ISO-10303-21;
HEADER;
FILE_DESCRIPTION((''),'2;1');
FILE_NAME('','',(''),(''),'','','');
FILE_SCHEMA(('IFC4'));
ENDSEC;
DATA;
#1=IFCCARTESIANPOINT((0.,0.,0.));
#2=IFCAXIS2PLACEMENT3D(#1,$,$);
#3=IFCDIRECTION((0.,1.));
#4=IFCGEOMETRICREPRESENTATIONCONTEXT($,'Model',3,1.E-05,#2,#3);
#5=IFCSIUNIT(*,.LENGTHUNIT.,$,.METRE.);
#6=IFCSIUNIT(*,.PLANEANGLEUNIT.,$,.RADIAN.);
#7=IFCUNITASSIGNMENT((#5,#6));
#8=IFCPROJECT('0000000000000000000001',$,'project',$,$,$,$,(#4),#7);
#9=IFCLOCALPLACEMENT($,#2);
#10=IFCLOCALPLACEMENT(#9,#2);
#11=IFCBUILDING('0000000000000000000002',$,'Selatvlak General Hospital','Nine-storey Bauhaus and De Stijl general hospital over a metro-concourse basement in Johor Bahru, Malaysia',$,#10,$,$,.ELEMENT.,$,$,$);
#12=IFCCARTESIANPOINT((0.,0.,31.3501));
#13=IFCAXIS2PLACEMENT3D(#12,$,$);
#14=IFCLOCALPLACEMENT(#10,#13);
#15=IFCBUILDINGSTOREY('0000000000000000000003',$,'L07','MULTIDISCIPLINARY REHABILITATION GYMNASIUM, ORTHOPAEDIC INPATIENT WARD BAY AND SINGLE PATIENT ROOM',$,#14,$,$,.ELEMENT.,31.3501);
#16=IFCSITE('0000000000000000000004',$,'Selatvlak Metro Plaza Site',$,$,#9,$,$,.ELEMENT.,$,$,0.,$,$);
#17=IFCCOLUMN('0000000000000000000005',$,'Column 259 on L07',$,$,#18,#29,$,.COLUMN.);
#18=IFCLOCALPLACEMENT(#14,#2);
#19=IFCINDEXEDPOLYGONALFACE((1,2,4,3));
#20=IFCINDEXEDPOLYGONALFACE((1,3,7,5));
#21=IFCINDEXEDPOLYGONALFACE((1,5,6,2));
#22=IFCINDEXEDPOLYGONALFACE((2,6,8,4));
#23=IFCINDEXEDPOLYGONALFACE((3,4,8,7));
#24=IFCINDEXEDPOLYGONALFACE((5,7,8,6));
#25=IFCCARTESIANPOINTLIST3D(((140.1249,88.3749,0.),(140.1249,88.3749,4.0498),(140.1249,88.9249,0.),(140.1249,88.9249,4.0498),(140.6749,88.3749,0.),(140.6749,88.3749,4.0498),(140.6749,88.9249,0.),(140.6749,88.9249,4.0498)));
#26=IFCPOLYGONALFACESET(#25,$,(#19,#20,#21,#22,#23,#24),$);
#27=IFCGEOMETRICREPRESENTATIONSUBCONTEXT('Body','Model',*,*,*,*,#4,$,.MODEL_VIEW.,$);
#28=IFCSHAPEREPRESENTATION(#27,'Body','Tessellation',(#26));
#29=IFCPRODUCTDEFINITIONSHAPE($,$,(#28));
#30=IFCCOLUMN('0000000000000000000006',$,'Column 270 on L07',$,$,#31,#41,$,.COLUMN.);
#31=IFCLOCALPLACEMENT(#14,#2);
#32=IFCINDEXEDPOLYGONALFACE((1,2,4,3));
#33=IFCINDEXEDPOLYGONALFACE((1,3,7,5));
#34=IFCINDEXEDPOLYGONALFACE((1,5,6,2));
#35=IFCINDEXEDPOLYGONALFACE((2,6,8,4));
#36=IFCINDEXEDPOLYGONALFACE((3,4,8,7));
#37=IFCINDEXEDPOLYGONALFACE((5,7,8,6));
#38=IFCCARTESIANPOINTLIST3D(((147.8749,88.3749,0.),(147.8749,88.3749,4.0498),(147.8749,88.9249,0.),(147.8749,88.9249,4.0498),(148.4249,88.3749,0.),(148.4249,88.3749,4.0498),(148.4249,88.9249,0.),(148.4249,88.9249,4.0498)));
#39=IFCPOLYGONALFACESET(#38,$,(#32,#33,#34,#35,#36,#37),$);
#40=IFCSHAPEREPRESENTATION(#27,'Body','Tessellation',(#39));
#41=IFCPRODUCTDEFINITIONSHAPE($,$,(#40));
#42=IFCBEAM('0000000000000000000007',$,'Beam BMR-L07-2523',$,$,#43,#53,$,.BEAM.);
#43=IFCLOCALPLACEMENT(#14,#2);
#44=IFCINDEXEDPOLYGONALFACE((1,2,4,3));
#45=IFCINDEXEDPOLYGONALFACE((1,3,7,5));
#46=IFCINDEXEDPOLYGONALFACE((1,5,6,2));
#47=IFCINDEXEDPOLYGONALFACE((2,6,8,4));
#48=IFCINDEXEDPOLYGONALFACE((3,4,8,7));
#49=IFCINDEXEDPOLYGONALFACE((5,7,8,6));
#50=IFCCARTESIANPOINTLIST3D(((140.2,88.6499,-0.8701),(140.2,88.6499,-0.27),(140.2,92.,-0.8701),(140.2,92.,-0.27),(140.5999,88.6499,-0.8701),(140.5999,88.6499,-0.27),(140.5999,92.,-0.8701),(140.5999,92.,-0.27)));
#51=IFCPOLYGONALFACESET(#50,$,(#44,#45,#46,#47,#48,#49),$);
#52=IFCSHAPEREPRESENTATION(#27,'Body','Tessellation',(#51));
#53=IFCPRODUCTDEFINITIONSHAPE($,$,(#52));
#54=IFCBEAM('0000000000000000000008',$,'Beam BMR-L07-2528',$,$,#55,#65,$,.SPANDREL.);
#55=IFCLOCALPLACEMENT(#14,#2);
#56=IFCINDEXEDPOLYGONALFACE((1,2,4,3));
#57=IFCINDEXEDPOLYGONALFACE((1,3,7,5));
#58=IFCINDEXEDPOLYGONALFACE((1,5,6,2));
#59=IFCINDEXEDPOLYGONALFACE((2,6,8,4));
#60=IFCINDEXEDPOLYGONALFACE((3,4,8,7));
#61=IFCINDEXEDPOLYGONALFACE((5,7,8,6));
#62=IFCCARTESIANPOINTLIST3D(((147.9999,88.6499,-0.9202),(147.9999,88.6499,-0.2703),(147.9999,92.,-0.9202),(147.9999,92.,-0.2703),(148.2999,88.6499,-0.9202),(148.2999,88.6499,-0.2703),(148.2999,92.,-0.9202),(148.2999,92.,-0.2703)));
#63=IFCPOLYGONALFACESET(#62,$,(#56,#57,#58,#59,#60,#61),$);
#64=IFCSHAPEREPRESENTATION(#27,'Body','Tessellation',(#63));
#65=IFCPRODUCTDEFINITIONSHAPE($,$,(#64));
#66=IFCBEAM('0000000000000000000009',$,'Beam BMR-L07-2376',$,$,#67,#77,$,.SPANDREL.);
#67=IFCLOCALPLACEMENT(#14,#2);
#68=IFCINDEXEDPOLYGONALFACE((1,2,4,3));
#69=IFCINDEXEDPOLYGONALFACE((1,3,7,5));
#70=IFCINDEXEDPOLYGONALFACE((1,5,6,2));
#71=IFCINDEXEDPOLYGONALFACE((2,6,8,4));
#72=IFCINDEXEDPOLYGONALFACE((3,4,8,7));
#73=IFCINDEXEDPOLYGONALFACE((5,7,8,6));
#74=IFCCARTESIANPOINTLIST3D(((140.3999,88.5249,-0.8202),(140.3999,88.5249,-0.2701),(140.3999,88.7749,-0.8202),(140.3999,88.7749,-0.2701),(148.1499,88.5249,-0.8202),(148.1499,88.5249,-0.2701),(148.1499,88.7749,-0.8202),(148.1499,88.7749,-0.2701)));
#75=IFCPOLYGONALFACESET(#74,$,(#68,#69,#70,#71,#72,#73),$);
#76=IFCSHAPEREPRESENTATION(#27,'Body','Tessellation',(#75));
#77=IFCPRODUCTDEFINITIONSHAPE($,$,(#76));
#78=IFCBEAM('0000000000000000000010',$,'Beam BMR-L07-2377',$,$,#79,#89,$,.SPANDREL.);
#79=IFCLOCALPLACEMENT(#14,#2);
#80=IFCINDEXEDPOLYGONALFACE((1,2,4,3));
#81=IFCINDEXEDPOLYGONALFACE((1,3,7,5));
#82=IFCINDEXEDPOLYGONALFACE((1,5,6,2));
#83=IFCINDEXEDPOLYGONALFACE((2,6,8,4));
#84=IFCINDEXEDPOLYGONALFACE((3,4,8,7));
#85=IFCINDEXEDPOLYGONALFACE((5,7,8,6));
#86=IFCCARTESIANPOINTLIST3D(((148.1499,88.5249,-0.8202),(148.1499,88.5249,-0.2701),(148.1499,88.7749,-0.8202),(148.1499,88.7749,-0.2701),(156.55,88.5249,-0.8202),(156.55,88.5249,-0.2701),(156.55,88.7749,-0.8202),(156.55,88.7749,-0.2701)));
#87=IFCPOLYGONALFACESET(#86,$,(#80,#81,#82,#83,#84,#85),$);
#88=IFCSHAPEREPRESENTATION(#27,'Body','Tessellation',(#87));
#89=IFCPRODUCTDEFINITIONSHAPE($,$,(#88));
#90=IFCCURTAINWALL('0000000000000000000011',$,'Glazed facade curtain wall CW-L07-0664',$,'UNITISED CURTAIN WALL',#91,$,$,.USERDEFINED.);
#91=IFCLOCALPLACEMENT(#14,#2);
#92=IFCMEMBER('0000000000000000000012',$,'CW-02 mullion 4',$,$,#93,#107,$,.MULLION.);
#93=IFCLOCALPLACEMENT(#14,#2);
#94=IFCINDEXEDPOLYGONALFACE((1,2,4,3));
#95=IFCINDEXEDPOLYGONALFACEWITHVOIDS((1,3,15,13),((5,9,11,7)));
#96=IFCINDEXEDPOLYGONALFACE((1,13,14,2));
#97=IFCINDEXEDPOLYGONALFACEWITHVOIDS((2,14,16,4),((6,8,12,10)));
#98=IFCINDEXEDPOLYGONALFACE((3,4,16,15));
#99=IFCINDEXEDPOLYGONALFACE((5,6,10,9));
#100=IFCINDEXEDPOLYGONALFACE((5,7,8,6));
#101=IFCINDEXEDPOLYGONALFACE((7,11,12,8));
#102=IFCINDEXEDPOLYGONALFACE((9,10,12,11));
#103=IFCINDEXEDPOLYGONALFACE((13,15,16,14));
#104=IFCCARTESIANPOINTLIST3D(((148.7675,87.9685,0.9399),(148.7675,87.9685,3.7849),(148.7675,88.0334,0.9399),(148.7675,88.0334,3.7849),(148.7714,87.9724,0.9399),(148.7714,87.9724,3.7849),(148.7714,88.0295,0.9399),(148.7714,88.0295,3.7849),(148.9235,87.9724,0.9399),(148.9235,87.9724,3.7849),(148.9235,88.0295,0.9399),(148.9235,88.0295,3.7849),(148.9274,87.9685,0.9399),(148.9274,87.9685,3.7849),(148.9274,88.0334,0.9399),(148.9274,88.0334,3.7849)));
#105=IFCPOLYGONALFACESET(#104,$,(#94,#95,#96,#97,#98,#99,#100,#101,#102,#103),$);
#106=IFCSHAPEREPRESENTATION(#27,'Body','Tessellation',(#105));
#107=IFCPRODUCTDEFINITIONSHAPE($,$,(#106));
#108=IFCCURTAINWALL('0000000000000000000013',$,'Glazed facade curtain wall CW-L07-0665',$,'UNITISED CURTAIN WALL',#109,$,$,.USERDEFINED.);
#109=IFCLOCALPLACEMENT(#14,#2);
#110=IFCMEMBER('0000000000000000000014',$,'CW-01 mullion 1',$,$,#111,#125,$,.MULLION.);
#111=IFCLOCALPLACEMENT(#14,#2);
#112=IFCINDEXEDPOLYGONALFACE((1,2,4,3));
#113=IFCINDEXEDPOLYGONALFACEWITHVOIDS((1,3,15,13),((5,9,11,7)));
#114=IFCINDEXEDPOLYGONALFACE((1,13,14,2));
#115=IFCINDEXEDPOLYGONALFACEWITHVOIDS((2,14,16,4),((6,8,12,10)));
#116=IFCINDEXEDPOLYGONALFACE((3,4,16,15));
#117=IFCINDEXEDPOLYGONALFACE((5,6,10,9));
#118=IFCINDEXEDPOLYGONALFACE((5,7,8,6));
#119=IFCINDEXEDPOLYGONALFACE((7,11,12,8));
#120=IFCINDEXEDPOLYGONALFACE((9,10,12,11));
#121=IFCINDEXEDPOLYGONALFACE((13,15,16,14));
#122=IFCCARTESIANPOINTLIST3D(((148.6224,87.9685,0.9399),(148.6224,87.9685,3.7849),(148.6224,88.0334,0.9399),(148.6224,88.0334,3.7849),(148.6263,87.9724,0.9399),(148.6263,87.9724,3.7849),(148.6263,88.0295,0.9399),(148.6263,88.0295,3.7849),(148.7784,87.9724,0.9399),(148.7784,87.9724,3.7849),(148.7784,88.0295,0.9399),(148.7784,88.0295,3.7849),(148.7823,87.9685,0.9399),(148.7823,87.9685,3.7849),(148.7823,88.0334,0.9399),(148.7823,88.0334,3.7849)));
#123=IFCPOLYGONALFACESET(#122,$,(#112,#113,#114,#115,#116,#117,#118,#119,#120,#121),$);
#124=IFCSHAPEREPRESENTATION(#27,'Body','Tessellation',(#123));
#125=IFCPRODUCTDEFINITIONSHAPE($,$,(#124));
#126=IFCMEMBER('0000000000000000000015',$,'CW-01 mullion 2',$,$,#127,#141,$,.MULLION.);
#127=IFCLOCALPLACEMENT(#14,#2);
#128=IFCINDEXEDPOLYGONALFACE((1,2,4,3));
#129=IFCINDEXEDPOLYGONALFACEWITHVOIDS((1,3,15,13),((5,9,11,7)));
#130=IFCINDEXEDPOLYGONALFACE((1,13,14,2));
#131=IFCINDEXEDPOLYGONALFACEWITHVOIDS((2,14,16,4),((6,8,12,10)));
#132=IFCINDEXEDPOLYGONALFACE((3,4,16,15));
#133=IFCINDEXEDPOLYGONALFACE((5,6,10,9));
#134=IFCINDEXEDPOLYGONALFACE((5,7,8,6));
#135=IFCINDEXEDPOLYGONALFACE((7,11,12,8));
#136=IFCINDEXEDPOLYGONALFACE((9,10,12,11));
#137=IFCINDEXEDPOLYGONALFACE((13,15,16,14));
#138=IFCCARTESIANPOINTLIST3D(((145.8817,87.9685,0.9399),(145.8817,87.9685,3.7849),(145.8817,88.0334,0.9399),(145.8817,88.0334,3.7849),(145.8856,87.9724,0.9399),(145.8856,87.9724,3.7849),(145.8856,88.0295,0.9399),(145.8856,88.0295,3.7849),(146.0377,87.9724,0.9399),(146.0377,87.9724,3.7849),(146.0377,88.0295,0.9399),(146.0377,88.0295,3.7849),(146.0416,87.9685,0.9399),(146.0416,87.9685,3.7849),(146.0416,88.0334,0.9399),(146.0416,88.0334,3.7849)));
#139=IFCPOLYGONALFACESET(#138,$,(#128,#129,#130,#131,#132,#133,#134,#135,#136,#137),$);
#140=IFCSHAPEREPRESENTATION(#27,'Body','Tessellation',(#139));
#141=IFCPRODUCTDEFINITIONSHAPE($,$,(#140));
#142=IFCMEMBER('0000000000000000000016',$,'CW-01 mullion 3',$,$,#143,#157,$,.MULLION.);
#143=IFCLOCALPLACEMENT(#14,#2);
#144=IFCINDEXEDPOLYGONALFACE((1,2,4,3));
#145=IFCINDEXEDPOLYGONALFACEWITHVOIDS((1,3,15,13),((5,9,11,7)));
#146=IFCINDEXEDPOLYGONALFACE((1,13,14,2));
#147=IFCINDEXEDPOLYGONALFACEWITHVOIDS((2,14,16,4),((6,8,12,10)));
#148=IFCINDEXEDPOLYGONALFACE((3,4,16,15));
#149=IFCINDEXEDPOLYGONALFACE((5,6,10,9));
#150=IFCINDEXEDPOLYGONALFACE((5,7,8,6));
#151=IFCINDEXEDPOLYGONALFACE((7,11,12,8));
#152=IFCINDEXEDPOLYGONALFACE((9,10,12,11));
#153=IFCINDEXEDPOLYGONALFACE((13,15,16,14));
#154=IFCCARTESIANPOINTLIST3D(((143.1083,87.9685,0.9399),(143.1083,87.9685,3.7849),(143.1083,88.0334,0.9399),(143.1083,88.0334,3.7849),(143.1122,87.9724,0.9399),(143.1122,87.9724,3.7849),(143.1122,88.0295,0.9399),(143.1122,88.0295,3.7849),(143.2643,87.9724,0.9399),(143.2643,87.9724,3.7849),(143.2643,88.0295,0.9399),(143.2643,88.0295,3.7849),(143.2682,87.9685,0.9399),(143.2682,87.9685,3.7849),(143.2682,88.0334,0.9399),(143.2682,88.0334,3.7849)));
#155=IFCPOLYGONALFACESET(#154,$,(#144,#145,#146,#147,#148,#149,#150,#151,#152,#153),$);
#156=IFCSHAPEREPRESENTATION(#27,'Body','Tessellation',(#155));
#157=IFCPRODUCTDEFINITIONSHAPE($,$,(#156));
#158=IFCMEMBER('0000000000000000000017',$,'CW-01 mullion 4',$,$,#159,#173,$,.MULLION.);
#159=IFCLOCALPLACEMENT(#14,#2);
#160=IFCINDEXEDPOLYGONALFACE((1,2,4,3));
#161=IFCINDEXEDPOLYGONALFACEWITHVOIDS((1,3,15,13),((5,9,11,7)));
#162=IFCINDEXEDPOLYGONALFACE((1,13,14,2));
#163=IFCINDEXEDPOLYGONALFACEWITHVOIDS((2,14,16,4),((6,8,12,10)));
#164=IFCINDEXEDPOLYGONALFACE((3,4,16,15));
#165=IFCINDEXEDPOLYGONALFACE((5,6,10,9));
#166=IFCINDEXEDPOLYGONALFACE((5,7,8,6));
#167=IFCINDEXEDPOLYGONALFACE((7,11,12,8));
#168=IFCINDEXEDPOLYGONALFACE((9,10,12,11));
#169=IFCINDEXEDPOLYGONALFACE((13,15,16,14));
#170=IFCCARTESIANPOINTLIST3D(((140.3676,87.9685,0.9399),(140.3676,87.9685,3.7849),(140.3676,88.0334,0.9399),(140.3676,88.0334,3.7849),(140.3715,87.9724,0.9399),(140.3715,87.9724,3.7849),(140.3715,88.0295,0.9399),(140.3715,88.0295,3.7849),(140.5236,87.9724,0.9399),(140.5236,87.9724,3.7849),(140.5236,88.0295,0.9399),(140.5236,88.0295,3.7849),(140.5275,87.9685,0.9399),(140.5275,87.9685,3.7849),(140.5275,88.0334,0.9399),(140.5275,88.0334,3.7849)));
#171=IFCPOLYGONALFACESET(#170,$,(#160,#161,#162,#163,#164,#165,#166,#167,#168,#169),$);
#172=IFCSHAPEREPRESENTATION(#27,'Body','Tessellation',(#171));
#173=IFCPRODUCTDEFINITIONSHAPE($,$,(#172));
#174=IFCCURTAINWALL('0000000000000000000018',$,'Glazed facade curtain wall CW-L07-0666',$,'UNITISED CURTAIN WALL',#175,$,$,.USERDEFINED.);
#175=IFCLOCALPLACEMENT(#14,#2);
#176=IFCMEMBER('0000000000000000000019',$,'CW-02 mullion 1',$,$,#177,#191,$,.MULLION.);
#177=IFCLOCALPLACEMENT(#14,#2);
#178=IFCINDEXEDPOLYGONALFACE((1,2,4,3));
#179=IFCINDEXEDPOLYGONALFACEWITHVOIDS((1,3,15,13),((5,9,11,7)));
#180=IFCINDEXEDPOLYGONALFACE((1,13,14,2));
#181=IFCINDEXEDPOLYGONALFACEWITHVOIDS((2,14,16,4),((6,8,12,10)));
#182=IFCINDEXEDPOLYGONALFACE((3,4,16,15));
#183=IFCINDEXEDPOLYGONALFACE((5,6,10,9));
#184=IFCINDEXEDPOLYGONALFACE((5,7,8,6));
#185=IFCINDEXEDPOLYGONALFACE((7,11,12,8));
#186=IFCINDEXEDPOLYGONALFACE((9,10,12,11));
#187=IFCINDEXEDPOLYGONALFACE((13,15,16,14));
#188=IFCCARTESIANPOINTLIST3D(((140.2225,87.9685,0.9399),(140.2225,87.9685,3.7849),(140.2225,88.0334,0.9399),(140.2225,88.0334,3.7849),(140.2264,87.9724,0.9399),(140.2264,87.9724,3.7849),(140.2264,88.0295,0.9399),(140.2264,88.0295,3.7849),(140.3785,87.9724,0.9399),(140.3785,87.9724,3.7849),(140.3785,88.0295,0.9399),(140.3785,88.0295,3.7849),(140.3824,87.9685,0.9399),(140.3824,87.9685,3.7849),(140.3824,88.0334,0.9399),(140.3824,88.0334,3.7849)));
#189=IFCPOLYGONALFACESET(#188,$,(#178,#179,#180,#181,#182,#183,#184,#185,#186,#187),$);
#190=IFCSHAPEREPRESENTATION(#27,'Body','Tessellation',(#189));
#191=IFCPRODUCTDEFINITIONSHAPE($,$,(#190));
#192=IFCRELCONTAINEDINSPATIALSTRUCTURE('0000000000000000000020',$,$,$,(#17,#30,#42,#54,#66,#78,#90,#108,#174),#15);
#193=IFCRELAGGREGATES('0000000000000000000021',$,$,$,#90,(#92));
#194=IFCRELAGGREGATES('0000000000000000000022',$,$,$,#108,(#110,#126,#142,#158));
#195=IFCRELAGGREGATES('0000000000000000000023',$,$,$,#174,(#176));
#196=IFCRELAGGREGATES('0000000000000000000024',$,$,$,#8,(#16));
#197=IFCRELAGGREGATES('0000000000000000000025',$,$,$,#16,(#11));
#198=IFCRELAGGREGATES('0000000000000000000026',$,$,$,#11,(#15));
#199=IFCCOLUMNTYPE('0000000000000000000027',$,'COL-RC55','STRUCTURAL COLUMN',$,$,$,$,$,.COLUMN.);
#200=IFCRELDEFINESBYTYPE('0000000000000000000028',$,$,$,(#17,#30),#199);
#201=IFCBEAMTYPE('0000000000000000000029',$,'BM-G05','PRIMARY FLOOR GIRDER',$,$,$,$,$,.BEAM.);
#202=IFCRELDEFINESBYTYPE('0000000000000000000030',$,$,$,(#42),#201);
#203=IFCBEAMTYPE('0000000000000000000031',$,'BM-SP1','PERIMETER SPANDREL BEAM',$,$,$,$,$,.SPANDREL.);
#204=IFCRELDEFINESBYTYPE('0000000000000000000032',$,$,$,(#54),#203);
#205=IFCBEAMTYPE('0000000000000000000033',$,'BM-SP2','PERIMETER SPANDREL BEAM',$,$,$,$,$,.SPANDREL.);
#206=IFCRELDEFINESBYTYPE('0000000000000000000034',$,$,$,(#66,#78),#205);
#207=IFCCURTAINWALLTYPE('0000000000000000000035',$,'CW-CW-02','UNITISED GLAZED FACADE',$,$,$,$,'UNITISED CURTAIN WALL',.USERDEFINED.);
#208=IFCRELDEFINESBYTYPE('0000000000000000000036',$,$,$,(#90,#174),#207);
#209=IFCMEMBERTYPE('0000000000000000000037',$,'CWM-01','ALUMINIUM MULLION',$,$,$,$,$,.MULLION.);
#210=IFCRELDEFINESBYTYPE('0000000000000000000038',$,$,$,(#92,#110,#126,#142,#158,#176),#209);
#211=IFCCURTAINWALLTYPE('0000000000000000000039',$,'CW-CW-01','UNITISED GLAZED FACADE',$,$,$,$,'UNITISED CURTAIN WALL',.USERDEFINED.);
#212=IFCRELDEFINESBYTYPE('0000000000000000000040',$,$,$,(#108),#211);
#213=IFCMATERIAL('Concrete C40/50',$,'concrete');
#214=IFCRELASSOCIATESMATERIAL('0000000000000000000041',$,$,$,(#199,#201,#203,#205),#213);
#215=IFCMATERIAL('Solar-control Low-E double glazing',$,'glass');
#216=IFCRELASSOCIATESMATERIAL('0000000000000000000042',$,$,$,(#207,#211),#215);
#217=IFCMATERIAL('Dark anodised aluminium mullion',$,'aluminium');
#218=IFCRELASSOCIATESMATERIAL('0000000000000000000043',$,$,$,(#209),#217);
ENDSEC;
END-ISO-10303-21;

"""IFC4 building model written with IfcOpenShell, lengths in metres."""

from ifc_helpers import new_model, si_unit, direction, frame, origin, origin_2d, place, context, subcontext, project, spatial, rectangle, hollow_rectangle, extrude, material, material_profile, profile_set, type_object, element, aggregate, save


model = new_model("IFC4")

# Units and contexts
model_context = context("Model", 3, precision=1e-05, world=origin(), true_north=direction((0.0, 1.0)))
body_context = subcontext(model_context, "Body", "Model", "MODEL_VIEW")
ifc_project = project(units=[si_unit("LENGTHUNIT", "METRE"), si_unit("PLANEANGLEUNIT", "RADIAN")], contexts=[model_context])

# Site, building, storey
site_placement = place(None, origin())
site = spatial("IfcSite", under=ifc_project, at=site_placement, Name="Selatvlak Metro Plaza Site", CompositionType="ELEMENT", RefElevation=0.0)
building_placement = place(site_placement, origin())
building = spatial("IfcBuilding", under=site, at=building_placement, Name="Selatvlak General Hospital", Description="Nine-storey Bauhaus and De Stijl general hospital over a metro-concourse basement in Johor Bahru, Malaysia", CompositionType="ELEMENT")
storey_placement = place(building_placement, frame((0.0, 0.0, 31.3501)))
storey = spatial("IfcBuildingStorey", under=building, at=storey_placement, Name="L07", Description="MULTIDISCIPLINARY REHABILITATION GYMNASIUM, ORTHOPAEDIC INPATIENT WARD BAY AND SINGLE PATIENT ROOM", CompositionType="ELEMENT", Elevation=31.3501)

# Columns
ifc_material_1 = material(Name="Concrete C40/50", Category="concrete")
ifc_material_profile_1 = material_profile(ifc_material_1, rectangle(XDim=0.55, YDim=0.55, at=origin_2d()), Name="RC-COL 550x550")
ifc_profile_set_1 = profile_set([ifc_material_profile_1], Name="Concrete C40/50")
column_type = type_object("IfcColumnType", Name="COL-RC55", Description="STRUCTURAL COLUMN", PredefinedType="COLUMN", material=ifc_profile_set_1)
for number, where, z_axis, x_axis, name in (
    (1, (140.3999, 88.6499, 0.0), (0.0, 0.0, 1.0), (1.0, 0.0, 0.0), "Column 259 on L07"),
    (2, (148.1499, 88.6499, 0.0), (0.0, 0.0, 1.0), (1.0, 0.0, 0.0), "Column 270 on L07"),
):
    element("IfcColumn", number, at=place(storey_placement, frame(where, z_axis=z_axis, x_axis=x_axis)), inside=storey, type_object=column_type, Name=name, PredefinedType="COLUMN", context=body_context, shape_type="SweptSolid", body=[
        extrude(rectangle(XDim=0.55, YDim=0.55, at=origin_2d()), origin(), (0.0, 0.0, 1.0), 4.0498),
    ])

# Beams
ifc_material_profile_2 = material_profile(ifc_material_1, rectangle(XDim=0.3999, YDim=0.6001, at=origin_2d()), Name="RC-BM 400x600")
ifc_profile_set_2 = profile_set([ifc_material_profile_2], Name="Concrete C40/50")
beam_type_1 = type_object("IfcBeamType", Name="BM-G05", Description="PRIMARY FLOOR GIRDER", PredefinedType="BEAM", material=ifc_profile_set_2)
beam_1_placement = place(storey_placement, frame((140.3999, 88.6499, -0.5701), z_axis=(0.0, 1.0, 0.0), x_axis=(-1.0, 0.0, 0.0)))
element("IfcBeam", 3, at=beam_1_placement, inside=storey, type_object=beam_type_1, Name="Beam BMR-L07-2523", PredefinedType="BEAM", context=body_context, shape_type="SweptSolid", body=[
    extrude(rectangle(XDim=0.3999, YDim=0.6001, at=origin_2d()), origin(), (0.0, 0.0, 1.0), 3.3501),
])
ifc_material_profile_3 = material_profile(ifc_material_1, rectangle(XDim=0.3, YDim=0.6499, at=origin_2d()), Name="RC-SP 300x650")
ifc_profile_set_3 = profile_set([ifc_material_profile_3], Name="Concrete C40/50")
beam_type_2 = type_object("IfcBeamType", Name="BM-SP1", Description="PERIMETER SPANDREL BEAM", PredefinedType="SPANDREL", material=ifc_profile_set_3)
beam_2_placement = place(storey_placement, frame((148.1499, 88.6499, -0.5952), z_axis=(0.0, 1.0, 0.0), x_axis=(-1.0, 0.0, 0.0)))
element("IfcBeam", 4, at=beam_2_placement, inside=storey, type_object=beam_type_2, Name="Beam BMR-L07-2528", PredefinedType="SPANDREL", context=body_context, shape_type="SweptSolid", body=[
    extrude(rectangle(XDim=0.3, YDim=0.6499, at=origin_2d()), origin(), (0.0, 0.0, 1.0), 3.3501),
])
ifc_material_profile_4 = material_profile(ifc_material_1, rectangle(XDim=0.25, YDim=0.55, at=origin_2d()), Name="RC-SP 250x550")
ifc_profile_set_4 = profile_set([ifc_material_profile_4], Name="Concrete C40/50")
beam_type_3 = type_object("IfcBeamType", Name="BM-SP2", Description="PERIMETER SPANDREL BEAM", PredefinedType="SPANDREL", material=ifc_profile_set_4)
beam_3_placement = place(storey_placement, frame((140.3999, 88.6499, -0.5452), z_axis=(1.0, 0.0, 0.0), x_axis=(0.0, 1.0, 0.0)))
element("IfcBeam", 5, at=beam_3_placement, inside=storey, type_object=beam_type_3, Name="Beam BMR-L07-2376", PredefinedType="SPANDREL", context=body_context, shape_type="SweptSolid", body=[
    extrude(rectangle(XDim=0.25, YDim=0.55, at=origin_2d()), origin(), (0.0, 0.0, 1.0), 7.75),
])
beam_4_placement = place(storey_placement, frame((148.1499, 88.6499, -0.5452), z_axis=(1.0, 0.0, 0.0), x_axis=(0.0, 1.0, 0.0)))
element("IfcBeam", 6, at=beam_4_placement, inside=storey, type_object=beam_type_3, Name="Beam BMR-L07-2377", PredefinedType="SPANDREL", context=body_context, shape_type="SweptSolid", body=[
    extrude(rectangle(XDim=0.25, YDim=0.55, at=origin_2d()), origin(), (0.0, 0.0, 1.0), 8.4001),
])

# Curtain wall, member
ifc_material_2 = material(Name="Solar-control Low-E double glazing", Category="glass")
curtain_wall_type_1 = type_object("IfcCurtainWallType", Name="CW-CW-02", Description="UNITISED GLAZED FACADE", ElementType="UNITISED CURTAIN WALL", PredefinedType="USERDEFINED", material=ifc_material_2)
curtain_wall_1_placement = place(storey_placement, origin())
curtain_wall_1 = element("IfcCurtainWall", 7, at=curtain_wall_1_placement, inside=storey, type_object=curtain_wall_type_1, Name="Glazed facade curtain wall CW-L07-0664", ObjectType="UNITISED CURTAIN WALL", PredefinedType="USERDEFINED")
ifc_material_3 = material(Name="Dark anodised aluminium mullion", Category="aluminium")
ifc_material_profile_5 = material_profile(ifc_material_3, hollow_rectangle(XDim=0.0649, YDim=0.1599, WallThickness=0.0039, at=origin_2d()), Name="AL-MUL 65x160x4")
ifc_profile_set_5 = profile_set([ifc_material_profile_5], Name="Dark anodised aluminium mullion")
member_type_1 = type_object("IfcMemberType", Name="CWM-01", Description="ALUMINIUM MULLION", PredefinedType="MULLION", material=ifc_profile_set_5)
member_1_placement = place(storey_placement, frame((148.8474, 88.001, 0.9399), z_axis=(0.0, 0.0, 1.0), x_axis=(0.0, -1.0, 0.0)))
member_1 = element("IfcMember", 8, at=member_1_placement, type_object=member_type_1, Name="CW-02 mullion 4", PredefinedType="MULLION", context=body_context, shape_type="SweptSolid", body=[
    extrude(hollow_rectangle(XDim=0.0649, YDim=0.1599, WallThickness=0.0039, at=origin_2d()), origin(), (0.0, 0.0, 1.0), 2.845),
])

# Curtain walls, members
curtain_wall_type_2 = type_object("IfcCurtainWallType", Name="CW-CW-01", Description="UNITISED GLAZED FACADE", ElementType="UNITISED CURTAIN WALL", PredefinedType="USERDEFINED", material=ifc_material_2)
curtain_wall_2_placement = place(storey_placement, origin())
curtain_wall_2 = element("IfcCurtainWall", 9, at=curtain_wall_2_placement, inside=storey, type_object=curtain_wall_type_2, Name="Glazed facade curtain wall CW-L07-0665", ObjectType="UNITISED CURTAIN WALL", PredefinedType="USERDEFINED")
member_2_placement = place(storey_placement, frame((148.7024, 88.001, 0.9399), z_axis=(0.0, 0.0, 1.0), x_axis=(0.0, -1.0, 0.0)))
member_2 = element("IfcMember", 10, at=member_2_placement, type_object=member_type_1, Name="CW-01 mullion 1", PredefinedType="MULLION", context=body_context, shape_type="SweptSolid", body=[
    extrude(hollow_rectangle(XDim=0.0649, YDim=0.1599, WallThickness=0.0039, at=origin_2d()), origin(), (0.0, 0.0, 1.0), 2.845),
])
member_3_placement = place(storey_placement, frame((145.9617, 88.001, 0.9399), z_axis=(0.0, 0.0, 1.0), x_axis=(0.0, -1.0, 0.0)))
member_3 = element("IfcMember", 11, at=member_3_placement, type_object=member_type_1, Name="CW-01 mullion 2", PredefinedType="MULLION", context=body_context, shape_type="SweptSolid", body=[
    extrude(hollow_rectangle(XDim=0.0649, YDim=0.1599, WallThickness=0.0039, at=origin_2d()), origin(), (0.0, 0.0, 1.0), 2.845),
])
member_4_placement = place(storey_placement, frame((143.1882, 88.001, 0.9399), z_axis=(0.0, 0.0, 1.0), x_axis=(0.0, -1.0, 0.0)))
member_4 = element("IfcMember", 12, at=member_4_placement, type_object=member_type_1, Name="CW-01 mullion 3", PredefinedType="MULLION", context=body_context, shape_type="SweptSolid", body=[
    extrude(hollow_rectangle(XDim=0.0649, YDim=0.1599, WallThickness=0.0039, at=origin_2d()), origin(), (0.0, 0.0, 1.0), 2.845),
])
member_5_placement = place(storey_placement, frame((140.4475, 88.001, 0.9399), z_axis=(0.0, 0.0, 1.0), x_axis=(0.0, -1.0, 0.0)))
member_5 = element("IfcMember", 13, at=member_5_placement, type_object=member_type_1, Name="CW-01 mullion 4", PredefinedType="MULLION", context=body_context, shape_type="SweptSolid", body=[
    extrude(hollow_rectangle(XDim=0.0649, YDim=0.1599, WallThickness=0.0039, at=origin_2d()), origin(), (0.0, 0.0, 1.0), 2.845),
])
curtain_wall_3_placement = place(storey_placement, origin())
curtain_wall_3 = element("IfcCurtainWall", 14, at=curtain_wall_3_placement, inside=storey, type_object=curtain_wall_type_1, Name="Glazed facade curtain wall CW-L07-0666", ObjectType="UNITISED CURTAIN WALL", PredefinedType="USERDEFINED")
member_6_placement = place(storey_placement, frame((140.3025, 88.001, 0.9399), z_axis=(0.0, 0.0, 1.0), x_axis=(0.0, -1.0, 0.0)))
member_6 = element("IfcMember", 15, at=member_6_placement, type_object=member_type_1, Name="CW-02 mullion 1", PredefinedType="MULLION", context=body_context, shape_type="SweptSolid", body=[
    extrude(hollow_rectangle(XDim=0.0649, YDim=0.1599, WallThickness=0.0039, at=origin_2d()), origin(), (0.0, 0.0, 1.0), 2.845),
])

aggregate(curtain_wall_1, [member_1])
aggregate(curtain_wall_2, [member_2, member_3, member_4, member_5])
aggregate(curtain_wall_3, [member_6])

save(model, "model.ifc")
